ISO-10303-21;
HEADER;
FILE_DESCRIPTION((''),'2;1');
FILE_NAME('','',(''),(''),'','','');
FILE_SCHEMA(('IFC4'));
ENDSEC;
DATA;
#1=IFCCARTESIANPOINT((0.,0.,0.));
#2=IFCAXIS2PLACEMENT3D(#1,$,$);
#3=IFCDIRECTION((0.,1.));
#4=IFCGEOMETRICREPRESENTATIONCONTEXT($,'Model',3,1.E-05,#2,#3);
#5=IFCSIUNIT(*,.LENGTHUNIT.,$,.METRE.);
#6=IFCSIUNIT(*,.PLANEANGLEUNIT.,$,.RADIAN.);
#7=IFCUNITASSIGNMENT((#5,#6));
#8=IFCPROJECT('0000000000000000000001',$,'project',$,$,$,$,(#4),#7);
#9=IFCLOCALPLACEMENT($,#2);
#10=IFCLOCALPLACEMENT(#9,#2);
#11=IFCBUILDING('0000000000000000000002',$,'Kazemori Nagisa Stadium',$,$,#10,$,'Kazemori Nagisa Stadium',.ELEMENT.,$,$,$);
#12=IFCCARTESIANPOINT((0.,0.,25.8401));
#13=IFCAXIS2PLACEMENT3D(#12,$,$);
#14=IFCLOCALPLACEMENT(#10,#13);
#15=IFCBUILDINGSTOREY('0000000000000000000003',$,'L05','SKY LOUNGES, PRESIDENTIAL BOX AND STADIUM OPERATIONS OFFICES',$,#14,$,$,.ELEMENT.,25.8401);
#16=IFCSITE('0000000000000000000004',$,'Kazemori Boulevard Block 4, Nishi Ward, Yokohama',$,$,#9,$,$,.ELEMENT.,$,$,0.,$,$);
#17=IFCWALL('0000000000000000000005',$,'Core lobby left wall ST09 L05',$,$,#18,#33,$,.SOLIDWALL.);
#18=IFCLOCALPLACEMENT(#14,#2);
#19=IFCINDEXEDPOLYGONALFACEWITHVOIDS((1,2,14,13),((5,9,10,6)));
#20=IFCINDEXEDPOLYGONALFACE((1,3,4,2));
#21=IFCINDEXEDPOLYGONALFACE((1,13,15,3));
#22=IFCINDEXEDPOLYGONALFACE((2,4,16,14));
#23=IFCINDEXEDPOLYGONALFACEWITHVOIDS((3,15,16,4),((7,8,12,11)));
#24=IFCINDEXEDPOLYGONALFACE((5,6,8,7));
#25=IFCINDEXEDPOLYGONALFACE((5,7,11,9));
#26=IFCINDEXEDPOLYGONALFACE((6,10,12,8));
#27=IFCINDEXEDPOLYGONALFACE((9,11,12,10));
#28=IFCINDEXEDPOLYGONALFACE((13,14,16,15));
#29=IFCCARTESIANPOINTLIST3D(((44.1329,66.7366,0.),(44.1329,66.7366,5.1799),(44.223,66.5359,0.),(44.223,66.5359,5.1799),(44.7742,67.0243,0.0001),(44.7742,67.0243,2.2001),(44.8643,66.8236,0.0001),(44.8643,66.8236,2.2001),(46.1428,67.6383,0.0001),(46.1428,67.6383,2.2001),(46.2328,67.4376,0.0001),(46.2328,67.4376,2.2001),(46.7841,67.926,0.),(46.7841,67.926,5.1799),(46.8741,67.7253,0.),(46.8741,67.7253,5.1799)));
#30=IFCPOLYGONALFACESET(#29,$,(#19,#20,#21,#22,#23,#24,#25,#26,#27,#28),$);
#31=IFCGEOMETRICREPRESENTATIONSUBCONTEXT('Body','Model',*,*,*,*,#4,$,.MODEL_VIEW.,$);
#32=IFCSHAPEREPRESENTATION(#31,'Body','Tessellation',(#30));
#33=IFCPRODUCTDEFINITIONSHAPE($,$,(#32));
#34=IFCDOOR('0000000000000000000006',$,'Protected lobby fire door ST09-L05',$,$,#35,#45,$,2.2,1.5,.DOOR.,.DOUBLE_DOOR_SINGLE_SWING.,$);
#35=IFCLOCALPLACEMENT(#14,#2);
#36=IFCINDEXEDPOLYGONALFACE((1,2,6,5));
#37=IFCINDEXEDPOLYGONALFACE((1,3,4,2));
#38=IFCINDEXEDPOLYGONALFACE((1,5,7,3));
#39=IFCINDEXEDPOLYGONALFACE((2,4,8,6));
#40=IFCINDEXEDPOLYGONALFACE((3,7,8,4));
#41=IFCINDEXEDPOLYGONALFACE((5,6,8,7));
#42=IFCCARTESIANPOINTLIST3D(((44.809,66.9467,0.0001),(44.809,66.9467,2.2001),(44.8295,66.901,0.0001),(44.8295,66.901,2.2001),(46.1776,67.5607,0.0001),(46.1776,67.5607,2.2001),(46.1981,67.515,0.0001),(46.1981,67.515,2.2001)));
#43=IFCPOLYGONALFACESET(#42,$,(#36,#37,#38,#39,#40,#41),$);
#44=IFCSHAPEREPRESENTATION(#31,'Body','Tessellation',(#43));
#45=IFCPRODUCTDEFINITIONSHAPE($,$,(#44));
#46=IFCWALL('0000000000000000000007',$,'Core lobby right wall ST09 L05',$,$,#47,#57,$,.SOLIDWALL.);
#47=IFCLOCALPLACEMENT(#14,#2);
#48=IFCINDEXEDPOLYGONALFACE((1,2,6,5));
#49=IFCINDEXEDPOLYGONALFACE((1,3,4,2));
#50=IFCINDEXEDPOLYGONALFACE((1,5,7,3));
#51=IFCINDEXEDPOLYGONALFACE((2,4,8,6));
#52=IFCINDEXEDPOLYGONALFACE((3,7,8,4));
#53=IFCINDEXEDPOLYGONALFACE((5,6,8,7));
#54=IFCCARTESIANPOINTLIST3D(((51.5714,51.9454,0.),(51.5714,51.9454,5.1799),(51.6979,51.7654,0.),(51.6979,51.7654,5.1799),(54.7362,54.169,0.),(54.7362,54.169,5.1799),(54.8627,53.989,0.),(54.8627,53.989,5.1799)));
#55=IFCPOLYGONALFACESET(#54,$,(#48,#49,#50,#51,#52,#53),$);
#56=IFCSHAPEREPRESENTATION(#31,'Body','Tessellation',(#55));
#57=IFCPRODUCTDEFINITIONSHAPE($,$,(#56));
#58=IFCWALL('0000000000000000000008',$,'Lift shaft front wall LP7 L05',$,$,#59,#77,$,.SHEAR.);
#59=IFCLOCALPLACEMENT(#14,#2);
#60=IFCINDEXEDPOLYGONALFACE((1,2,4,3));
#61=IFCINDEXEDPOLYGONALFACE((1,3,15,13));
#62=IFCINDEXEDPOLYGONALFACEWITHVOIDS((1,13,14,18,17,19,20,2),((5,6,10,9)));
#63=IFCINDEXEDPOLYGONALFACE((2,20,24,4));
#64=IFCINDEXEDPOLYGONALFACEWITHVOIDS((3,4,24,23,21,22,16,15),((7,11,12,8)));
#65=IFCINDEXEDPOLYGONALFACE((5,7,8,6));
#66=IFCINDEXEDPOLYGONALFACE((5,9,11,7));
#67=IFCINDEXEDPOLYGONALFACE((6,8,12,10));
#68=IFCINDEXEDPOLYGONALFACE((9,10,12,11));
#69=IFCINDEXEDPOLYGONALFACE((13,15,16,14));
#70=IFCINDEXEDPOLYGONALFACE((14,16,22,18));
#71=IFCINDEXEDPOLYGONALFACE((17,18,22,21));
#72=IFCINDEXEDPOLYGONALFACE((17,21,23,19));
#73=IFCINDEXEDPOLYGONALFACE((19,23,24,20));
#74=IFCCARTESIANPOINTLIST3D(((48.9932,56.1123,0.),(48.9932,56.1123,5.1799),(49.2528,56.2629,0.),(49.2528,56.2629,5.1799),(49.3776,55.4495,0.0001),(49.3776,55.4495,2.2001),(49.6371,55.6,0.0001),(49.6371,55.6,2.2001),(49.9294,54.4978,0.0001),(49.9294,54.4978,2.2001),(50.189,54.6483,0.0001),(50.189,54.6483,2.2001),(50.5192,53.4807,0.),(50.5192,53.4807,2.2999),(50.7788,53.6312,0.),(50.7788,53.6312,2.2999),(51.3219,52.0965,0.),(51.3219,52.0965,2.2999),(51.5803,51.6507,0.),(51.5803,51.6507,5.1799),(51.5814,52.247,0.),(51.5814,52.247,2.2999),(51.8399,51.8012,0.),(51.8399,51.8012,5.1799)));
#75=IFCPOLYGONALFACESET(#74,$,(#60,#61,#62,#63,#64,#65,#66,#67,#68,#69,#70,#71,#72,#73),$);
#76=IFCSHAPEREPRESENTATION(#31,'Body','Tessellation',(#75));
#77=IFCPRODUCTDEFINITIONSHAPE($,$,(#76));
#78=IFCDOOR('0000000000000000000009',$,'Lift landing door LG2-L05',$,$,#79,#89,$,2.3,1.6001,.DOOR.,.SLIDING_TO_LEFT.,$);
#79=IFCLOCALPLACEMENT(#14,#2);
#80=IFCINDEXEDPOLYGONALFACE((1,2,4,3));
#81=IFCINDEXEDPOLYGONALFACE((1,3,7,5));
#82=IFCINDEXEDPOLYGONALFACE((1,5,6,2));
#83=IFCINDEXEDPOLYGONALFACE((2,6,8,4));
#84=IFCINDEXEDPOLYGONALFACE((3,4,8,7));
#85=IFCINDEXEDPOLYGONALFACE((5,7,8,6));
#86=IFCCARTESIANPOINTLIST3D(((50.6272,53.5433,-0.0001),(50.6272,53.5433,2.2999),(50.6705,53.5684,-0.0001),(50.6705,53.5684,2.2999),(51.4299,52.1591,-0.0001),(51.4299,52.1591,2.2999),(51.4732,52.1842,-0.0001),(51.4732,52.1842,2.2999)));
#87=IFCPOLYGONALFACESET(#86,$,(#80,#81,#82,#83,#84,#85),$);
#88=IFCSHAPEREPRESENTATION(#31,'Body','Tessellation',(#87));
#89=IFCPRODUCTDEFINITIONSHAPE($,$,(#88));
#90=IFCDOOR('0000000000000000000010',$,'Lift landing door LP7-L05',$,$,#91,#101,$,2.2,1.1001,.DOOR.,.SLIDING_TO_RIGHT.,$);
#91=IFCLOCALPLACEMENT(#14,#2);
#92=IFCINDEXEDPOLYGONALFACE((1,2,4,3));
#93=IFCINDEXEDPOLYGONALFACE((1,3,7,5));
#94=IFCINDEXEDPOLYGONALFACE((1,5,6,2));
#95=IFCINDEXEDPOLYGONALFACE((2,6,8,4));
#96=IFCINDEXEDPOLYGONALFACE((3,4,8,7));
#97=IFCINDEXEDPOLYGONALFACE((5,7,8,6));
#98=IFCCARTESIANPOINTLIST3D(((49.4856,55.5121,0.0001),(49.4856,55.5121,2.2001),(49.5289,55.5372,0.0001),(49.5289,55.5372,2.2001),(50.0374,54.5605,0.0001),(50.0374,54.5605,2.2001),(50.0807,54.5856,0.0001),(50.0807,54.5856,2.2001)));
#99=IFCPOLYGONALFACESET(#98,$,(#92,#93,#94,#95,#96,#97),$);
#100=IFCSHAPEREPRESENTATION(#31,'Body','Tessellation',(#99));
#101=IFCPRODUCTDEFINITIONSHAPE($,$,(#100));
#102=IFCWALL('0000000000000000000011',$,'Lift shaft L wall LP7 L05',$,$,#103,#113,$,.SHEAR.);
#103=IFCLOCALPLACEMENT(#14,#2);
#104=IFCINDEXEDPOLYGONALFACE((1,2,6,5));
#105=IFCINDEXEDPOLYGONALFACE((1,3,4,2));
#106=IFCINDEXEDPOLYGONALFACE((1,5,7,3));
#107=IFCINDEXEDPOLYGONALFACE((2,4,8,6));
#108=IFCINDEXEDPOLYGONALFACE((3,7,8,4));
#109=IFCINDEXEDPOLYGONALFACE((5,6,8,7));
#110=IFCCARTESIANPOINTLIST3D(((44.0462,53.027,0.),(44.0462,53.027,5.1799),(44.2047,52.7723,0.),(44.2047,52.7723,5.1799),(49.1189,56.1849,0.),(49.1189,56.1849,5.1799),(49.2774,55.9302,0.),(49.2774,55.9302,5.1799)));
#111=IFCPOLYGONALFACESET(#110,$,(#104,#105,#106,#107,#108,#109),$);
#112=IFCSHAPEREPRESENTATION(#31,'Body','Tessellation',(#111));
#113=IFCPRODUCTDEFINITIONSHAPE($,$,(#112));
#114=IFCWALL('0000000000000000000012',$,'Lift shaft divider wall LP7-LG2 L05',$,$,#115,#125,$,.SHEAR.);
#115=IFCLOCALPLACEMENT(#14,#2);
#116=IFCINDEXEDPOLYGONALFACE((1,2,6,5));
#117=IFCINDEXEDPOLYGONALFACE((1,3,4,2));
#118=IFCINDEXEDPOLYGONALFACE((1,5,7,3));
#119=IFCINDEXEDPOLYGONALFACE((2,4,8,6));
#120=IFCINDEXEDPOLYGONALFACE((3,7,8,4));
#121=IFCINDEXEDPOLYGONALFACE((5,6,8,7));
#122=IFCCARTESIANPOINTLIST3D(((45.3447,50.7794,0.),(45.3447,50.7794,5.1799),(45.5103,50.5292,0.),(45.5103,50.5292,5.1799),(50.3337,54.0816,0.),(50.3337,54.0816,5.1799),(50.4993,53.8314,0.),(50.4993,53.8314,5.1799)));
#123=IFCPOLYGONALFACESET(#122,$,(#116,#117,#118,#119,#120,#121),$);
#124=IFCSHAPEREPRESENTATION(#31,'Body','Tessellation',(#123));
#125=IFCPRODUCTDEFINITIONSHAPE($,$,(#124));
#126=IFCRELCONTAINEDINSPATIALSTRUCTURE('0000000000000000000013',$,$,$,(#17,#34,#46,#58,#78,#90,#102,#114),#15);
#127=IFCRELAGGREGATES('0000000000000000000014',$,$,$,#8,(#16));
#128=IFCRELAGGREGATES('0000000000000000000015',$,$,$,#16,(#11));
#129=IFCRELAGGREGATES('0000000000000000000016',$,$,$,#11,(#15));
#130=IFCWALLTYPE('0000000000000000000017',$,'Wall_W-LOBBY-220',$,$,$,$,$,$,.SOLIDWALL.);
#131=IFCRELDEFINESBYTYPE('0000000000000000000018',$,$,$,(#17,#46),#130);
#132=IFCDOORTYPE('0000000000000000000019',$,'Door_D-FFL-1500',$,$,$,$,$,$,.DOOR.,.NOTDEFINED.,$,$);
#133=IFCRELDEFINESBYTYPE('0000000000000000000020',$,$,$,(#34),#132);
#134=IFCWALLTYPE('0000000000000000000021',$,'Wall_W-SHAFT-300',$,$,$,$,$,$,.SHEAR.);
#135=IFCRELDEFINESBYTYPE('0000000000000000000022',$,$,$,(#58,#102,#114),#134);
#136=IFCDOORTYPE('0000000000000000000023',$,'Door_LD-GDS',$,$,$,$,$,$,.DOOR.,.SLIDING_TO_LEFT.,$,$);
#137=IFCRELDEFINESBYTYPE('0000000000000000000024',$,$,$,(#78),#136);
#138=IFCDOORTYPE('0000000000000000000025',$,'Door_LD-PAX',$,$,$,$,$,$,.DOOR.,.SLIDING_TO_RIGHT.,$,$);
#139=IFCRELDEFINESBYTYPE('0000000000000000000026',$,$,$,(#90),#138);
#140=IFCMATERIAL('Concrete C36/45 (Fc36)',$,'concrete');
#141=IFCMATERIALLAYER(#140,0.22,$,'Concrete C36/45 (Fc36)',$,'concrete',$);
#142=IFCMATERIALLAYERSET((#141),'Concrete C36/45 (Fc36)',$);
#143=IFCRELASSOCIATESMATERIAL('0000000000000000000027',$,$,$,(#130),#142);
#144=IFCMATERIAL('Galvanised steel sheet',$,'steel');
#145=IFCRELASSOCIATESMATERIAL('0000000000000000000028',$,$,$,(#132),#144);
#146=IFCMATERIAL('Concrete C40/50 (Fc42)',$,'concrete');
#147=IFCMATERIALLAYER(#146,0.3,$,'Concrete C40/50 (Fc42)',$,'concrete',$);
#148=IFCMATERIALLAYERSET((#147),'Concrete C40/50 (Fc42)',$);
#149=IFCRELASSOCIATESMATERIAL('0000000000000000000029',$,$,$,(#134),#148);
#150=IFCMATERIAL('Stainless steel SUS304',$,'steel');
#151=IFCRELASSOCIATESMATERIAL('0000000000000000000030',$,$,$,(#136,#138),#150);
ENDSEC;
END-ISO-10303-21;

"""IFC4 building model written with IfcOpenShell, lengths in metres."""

from ifc_helpers import new_model, si_unit, direction, frame, frame_2d, origin, place, context, subcontext, project, spatial, rectangle, extrude, material, layer, layer_set, type_object, element, fill, save


model = new_model("IFC4")

# Units and contexts
model_context = context("Model", 3, precision=1e-05, world=origin(), true_north=direction((0.0, 1.0)))
body_context = subcontext(model_context, "Body", "Model", "MODEL_VIEW")
ifc_project = project(units=[si_unit("LENGTHUNIT", "METRE"), si_unit("PLANEANGLEUNIT", "RADIAN")], contexts=[model_context])

# Site, building, storey
site_placement = place(None, origin())
site = spatial("IfcSite", under=ifc_project, at=site_placement, Name="Kazemori Boulevard Block 4, Nishi Ward, Yokohama", CompositionType="ELEMENT", RefElevation=0.0)
building_placement = place(site_placement, origin())
building = spatial("IfcBuilding", under=site, at=building_placement, Name="Kazemori Nagisa Stadium", LongName="Kazemori Nagisa Stadium", CompositionType="ELEMENT")
storey_placement = place(building_placement, frame((0.0, 0.0, 25.8401)))
storey = spatial("IfcBuildingStorey", under=building, at=storey_placement, Name="L05", Description="SKY LOUNGES, PRESIDENTIAL BOX AND STADIUM OPERATIONS OFFICES", CompositionType="ELEMENT", Elevation=25.8401)

# Shared definitions
ifc_material_1 = material(Name="Concrete C40/50 (Fc42)", Category="concrete")

# Shared definitions
ifc_material_2 = material(Name="Galvanised steel sheet", Category="steel")

# Shared definitions
ifc_material_3 = material(Name="Concrete C36/45 (Fc36)", Category="concrete")
ifc_layer_1 = layer(ifc_material_3, 0.22, Name="Concrete C36/45 (Fc36)", Category="concrete")
ifc_layer_set_1 = layer_set([ifc_layer_1], Name="Concrete C36/45 (Fc36)")
wall_type_1 = type_object("IfcWallType", Name="Wall_W-LOBBY-220", PredefinedType="SOLIDWALL", material=ifc_layer_set_1)

# Wall, opening, door
wall_1_placement = place(storey_placement, frame((46.8291, 67.8257, 0.0), z_axis=(0.0, 0.0, 1.0), x_axis=(-0.912378, -0.409348, 0.0)))
wall_1 = element("IfcWall", 1, at=wall_1_placement, inside=storey, type_object=wall_type_1, Name="Core lobby left wall ST09 L05", PredefinedType="SOLIDWALL", context=body_context, shape_type="SweptSolid", body=[
    extrude(rectangle(XDim=2.9058, YDim=0.22, at=frame_2d((1.4529, 0.0))), origin(), (0.0, 0.0, 1.0), 5.1799),
])
opening_1_placement = place(wall_1_placement, frame((0.7029, 0.0, 0.0)))
opening_1 = element("IfcOpeningElement", 2, at=opening_1_placement, cuts=wall_1, PredefinedType="OPENING", context=body_context, shape_type="SweptSolid", body=[
    extrude(rectangle(XDim=1.5, YDim=2.2, at=frame_2d((0.75, 1.1001))), frame((0.0, 0.1199, 0.0), z_axis=(0.0, -1.0, 0.0), x_axis=(1.0, 0.0, 0.0)), (0.0, 0.0, 1.0), 0.24),
])
door_type_1 = type_object("IfcDoorType", Name="Door_D-FFL-1500", OperationType="NOTDEFINED", PredefinedType="DOOR", material=ifc_material_2)
door_1_placement = place(opening_1_placement, frame((1.5, 0.0, 0.0), z_axis=(0.0, 0.0, 1.0), x_axis=(-1.0, 0.0, 0.0)))
door_1 = element("IfcDoor", 3, at=door_1_placement, inside=storey, type_object=door_type_1, Name="Protected lobby fire door ST09-L05", OperationType="DOUBLE_DOOR_SINGLE_SWING", OverallHeight=2.2, OverallWidth=1.5, PredefinedType="DOOR", context=body_context, shape_type="SweptSolid", body=[
    extrude(rectangle(XDim=1.5, YDim=2.2, at=frame_2d((0.75, 1.1001))), frame((0.0, 0.0249, 0.0), z_axis=(0.0, -1.0, 0.0), x_axis=(1.0, 0.0, 0.0)), (0.0, 0.0, 1.0), 0.05),
])
fill(opening_1, door_1)

# Wall
wall_2_placement = place(storey_placement, frame((54.7996, 54.0791, 0.0), z_axis=(0.0, 0.0, 1.0), x_axis=(-0.818225, -0.574898, 0.0)))
element("IfcWall", 4, at=wall_2_placement, inside=storey, type_object=wall_type_1, Name="Core lobby right wall ST09 L05", PredefinedType="SOLIDWALL", context=body_context, shape_type="SweptSolid", body=[
    extrude(rectangle(XDim=3.8679, YDim=0.22, at=frame_2d((1.9341, 0.0))), origin(), (0.0, 0.0, 1.0), 5.1799),
])

# Wall, openings, doors
ifc_layer_2 = layer(ifc_material_1, 0.3, Name="Concrete C40/50 (Fc42)", Category="concrete")
ifc_layer_set_2 = layer_set([ifc_layer_2], Name="Concrete C40/50 (Fc42)")
wall_type_2 = type_object("IfcWallType", Name="Wall_W-SHAFT-300", PredefinedType="SHEAR", material=ifc_layer_set_2)
wall_3_placement = place(storey_placement, frame((49.123, 56.1875, 0.0), z_axis=(0.0, 0.0, 1.0), x_axis=(0.50163, -0.865083, 0.0)))
wall_3 = element("IfcWall", 5, at=wall_3_placement, inside=storey, type_object=wall_type_2, Name="Lift shaft front wall LP7 L05", PredefinedType="SHEAR", context=body_context, shape_type="SweptSolid", body=[
    extrude(rectangle(XDim=5.1575, YDim=0.3, at=frame_2d((2.5786, 0.0))), origin(), (0.0, 0.0, 1.0), 5.1799),
])
opening_2_placement = place(wall_3_placement, frame((0.7661, 0.0, 0.0)))
opening_2 = element("IfcOpeningElement", 6, at=opening_2_placement, cuts=wall_3, PredefinedType="OPENING", context=body_context, shape_type="SweptSolid", body=[
    extrude(rectangle(XDim=1.1001, YDim=2.2, at=frame_2d((0.55, 1.1001))), frame((0.0, 0.1599, 0.0), z_axis=(0.0, -1.0, 0.0), x_axis=(1.0, 0.0, 0.0)), (0.0, 0.0, 1.0), 0.3201),
])
opening_3_placement = place(wall_3_placement, frame((3.042, 0.0, 0.0)))
opening_3 = element("IfcOpeningElement", 7, at=opening_3_placement, cuts=wall_3, PredefinedType="OPENING", context=body_context, shape_type="SweptSolid", body=[
    extrude(rectangle(XDim=1.6001, YDim=2.3, at=frame_2d((0.8, 1.1499))), frame((0.0, 0.1599, 0.0), z_axis=(0.0, -1.0, 0.0), x_axis=(1.0, 0.0, 0.0)), (0.0, 0.0, 1.0), 0.3201),
])
ifc_material_4 = material(Name="Stainless steel SUS304", Category="steel")
door_type_2 = type_object("IfcDoorType", Name="Door_LD-GDS", OperationType="SLIDING_TO_LEFT", PredefinedType="DOOR", material=ifc_material_4)
door_2_placement = place(opening_3_placement, origin())
door_2 = element("IfcDoor", 8, at=door_2_placement, inside=storey, type_object=door_type_2, Name="Lift landing door LG2-L05", OperationType="SLIDING_TO_LEFT", OverallHeight=2.3, OverallWidth=1.6001, PredefinedType="DOOR", context=body_context, shape_type="SweptSolid", body=[
    extrude(rectangle(XDim=1.6001, YDim=2.3, at=frame_2d((0.8, 1.1499))), frame((0.0, 0.0249, 0.0), z_axis=(0.0, -1.0, 0.0), x_axis=(1.0, 0.0, 0.0)), (0.0, 0.0, 1.0), 0.05),
])
fill(opening_3, door_2)
door_type_3 = type_object("IfcDoorType", Name="Door_LD-PAX", OperationType="SLIDING_TO_RIGHT", PredefinedType="DOOR", material=ifc_material_4)
door_3_placement = place(opening_2_placement, origin())
door_3 = element("IfcDoor", 9, at=door_3_placement, inside=storey, type_object=door_type_3, Name="Lift landing door LP7-L05", OperationType="SLIDING_TO_RIGHT", OverallHeight=2.2, OverallWidth=1.1001, PredefinedType="DOOR", context=body_context, shape_type="SweptSolid", body=[
    extrude(rectangle(XDim=1.1001, YDim=2.2, at=frame_2d((0.55, 1.1001))), frame((0.0, 0.0249, 0.0), z_axis=(0.0, -1.0, 0.0), x_axis=(1.0, 0.0, 0.0)), (0.0, 0.0, 1.0), 0.05),
])
fill(opening_2, door_3)

# Walls
wall_4_placement = place(storey_placement, frame((49.1982, 56.0576, 0.0), z_axis=(0.0, 0.0, 1.0), x_axis=(-0.848938, -0.528492, 0.0)))
element("IfcWall", 10, at=wall_4_placement, inside=storey, type_object=wall_type_2, Name="Lift shaft L wall LP7 L05", PredefinedType="SHEAR", context=body_context, shape_type="SweptSolid", body=[
    extrude(rectangle(XDim=5.9753, YDim=0.3, at=frame_2d((2.9878, 0.0))), origin(), (0.0, 0.0, 1.0), 5.1799),
])
wall_5_placement = place(storey_placement, frame((50.4165, 53.9565, 0.0), z_axis=(0.0, 0.0, 1.0), x_axis=(-0.833879, -0.551947, 0.0)))
element("IfcWall", 11, at=wall_5_placement, inside=storey, type_object=wall_type_2, Name="Lift shaft divider wall LP7-LG2 L05", PredefinedType="SHEAR", context=body_context, shape_type="SweptSolid", body=[
    extrude(rectangle(XDim=5.9829, YDim=0.3, at=frame_2d((2.9915, 0.0))), origin(), (0.0, 0.0, 1.0), 5.1799),
])

save(model, "model.ifc")
